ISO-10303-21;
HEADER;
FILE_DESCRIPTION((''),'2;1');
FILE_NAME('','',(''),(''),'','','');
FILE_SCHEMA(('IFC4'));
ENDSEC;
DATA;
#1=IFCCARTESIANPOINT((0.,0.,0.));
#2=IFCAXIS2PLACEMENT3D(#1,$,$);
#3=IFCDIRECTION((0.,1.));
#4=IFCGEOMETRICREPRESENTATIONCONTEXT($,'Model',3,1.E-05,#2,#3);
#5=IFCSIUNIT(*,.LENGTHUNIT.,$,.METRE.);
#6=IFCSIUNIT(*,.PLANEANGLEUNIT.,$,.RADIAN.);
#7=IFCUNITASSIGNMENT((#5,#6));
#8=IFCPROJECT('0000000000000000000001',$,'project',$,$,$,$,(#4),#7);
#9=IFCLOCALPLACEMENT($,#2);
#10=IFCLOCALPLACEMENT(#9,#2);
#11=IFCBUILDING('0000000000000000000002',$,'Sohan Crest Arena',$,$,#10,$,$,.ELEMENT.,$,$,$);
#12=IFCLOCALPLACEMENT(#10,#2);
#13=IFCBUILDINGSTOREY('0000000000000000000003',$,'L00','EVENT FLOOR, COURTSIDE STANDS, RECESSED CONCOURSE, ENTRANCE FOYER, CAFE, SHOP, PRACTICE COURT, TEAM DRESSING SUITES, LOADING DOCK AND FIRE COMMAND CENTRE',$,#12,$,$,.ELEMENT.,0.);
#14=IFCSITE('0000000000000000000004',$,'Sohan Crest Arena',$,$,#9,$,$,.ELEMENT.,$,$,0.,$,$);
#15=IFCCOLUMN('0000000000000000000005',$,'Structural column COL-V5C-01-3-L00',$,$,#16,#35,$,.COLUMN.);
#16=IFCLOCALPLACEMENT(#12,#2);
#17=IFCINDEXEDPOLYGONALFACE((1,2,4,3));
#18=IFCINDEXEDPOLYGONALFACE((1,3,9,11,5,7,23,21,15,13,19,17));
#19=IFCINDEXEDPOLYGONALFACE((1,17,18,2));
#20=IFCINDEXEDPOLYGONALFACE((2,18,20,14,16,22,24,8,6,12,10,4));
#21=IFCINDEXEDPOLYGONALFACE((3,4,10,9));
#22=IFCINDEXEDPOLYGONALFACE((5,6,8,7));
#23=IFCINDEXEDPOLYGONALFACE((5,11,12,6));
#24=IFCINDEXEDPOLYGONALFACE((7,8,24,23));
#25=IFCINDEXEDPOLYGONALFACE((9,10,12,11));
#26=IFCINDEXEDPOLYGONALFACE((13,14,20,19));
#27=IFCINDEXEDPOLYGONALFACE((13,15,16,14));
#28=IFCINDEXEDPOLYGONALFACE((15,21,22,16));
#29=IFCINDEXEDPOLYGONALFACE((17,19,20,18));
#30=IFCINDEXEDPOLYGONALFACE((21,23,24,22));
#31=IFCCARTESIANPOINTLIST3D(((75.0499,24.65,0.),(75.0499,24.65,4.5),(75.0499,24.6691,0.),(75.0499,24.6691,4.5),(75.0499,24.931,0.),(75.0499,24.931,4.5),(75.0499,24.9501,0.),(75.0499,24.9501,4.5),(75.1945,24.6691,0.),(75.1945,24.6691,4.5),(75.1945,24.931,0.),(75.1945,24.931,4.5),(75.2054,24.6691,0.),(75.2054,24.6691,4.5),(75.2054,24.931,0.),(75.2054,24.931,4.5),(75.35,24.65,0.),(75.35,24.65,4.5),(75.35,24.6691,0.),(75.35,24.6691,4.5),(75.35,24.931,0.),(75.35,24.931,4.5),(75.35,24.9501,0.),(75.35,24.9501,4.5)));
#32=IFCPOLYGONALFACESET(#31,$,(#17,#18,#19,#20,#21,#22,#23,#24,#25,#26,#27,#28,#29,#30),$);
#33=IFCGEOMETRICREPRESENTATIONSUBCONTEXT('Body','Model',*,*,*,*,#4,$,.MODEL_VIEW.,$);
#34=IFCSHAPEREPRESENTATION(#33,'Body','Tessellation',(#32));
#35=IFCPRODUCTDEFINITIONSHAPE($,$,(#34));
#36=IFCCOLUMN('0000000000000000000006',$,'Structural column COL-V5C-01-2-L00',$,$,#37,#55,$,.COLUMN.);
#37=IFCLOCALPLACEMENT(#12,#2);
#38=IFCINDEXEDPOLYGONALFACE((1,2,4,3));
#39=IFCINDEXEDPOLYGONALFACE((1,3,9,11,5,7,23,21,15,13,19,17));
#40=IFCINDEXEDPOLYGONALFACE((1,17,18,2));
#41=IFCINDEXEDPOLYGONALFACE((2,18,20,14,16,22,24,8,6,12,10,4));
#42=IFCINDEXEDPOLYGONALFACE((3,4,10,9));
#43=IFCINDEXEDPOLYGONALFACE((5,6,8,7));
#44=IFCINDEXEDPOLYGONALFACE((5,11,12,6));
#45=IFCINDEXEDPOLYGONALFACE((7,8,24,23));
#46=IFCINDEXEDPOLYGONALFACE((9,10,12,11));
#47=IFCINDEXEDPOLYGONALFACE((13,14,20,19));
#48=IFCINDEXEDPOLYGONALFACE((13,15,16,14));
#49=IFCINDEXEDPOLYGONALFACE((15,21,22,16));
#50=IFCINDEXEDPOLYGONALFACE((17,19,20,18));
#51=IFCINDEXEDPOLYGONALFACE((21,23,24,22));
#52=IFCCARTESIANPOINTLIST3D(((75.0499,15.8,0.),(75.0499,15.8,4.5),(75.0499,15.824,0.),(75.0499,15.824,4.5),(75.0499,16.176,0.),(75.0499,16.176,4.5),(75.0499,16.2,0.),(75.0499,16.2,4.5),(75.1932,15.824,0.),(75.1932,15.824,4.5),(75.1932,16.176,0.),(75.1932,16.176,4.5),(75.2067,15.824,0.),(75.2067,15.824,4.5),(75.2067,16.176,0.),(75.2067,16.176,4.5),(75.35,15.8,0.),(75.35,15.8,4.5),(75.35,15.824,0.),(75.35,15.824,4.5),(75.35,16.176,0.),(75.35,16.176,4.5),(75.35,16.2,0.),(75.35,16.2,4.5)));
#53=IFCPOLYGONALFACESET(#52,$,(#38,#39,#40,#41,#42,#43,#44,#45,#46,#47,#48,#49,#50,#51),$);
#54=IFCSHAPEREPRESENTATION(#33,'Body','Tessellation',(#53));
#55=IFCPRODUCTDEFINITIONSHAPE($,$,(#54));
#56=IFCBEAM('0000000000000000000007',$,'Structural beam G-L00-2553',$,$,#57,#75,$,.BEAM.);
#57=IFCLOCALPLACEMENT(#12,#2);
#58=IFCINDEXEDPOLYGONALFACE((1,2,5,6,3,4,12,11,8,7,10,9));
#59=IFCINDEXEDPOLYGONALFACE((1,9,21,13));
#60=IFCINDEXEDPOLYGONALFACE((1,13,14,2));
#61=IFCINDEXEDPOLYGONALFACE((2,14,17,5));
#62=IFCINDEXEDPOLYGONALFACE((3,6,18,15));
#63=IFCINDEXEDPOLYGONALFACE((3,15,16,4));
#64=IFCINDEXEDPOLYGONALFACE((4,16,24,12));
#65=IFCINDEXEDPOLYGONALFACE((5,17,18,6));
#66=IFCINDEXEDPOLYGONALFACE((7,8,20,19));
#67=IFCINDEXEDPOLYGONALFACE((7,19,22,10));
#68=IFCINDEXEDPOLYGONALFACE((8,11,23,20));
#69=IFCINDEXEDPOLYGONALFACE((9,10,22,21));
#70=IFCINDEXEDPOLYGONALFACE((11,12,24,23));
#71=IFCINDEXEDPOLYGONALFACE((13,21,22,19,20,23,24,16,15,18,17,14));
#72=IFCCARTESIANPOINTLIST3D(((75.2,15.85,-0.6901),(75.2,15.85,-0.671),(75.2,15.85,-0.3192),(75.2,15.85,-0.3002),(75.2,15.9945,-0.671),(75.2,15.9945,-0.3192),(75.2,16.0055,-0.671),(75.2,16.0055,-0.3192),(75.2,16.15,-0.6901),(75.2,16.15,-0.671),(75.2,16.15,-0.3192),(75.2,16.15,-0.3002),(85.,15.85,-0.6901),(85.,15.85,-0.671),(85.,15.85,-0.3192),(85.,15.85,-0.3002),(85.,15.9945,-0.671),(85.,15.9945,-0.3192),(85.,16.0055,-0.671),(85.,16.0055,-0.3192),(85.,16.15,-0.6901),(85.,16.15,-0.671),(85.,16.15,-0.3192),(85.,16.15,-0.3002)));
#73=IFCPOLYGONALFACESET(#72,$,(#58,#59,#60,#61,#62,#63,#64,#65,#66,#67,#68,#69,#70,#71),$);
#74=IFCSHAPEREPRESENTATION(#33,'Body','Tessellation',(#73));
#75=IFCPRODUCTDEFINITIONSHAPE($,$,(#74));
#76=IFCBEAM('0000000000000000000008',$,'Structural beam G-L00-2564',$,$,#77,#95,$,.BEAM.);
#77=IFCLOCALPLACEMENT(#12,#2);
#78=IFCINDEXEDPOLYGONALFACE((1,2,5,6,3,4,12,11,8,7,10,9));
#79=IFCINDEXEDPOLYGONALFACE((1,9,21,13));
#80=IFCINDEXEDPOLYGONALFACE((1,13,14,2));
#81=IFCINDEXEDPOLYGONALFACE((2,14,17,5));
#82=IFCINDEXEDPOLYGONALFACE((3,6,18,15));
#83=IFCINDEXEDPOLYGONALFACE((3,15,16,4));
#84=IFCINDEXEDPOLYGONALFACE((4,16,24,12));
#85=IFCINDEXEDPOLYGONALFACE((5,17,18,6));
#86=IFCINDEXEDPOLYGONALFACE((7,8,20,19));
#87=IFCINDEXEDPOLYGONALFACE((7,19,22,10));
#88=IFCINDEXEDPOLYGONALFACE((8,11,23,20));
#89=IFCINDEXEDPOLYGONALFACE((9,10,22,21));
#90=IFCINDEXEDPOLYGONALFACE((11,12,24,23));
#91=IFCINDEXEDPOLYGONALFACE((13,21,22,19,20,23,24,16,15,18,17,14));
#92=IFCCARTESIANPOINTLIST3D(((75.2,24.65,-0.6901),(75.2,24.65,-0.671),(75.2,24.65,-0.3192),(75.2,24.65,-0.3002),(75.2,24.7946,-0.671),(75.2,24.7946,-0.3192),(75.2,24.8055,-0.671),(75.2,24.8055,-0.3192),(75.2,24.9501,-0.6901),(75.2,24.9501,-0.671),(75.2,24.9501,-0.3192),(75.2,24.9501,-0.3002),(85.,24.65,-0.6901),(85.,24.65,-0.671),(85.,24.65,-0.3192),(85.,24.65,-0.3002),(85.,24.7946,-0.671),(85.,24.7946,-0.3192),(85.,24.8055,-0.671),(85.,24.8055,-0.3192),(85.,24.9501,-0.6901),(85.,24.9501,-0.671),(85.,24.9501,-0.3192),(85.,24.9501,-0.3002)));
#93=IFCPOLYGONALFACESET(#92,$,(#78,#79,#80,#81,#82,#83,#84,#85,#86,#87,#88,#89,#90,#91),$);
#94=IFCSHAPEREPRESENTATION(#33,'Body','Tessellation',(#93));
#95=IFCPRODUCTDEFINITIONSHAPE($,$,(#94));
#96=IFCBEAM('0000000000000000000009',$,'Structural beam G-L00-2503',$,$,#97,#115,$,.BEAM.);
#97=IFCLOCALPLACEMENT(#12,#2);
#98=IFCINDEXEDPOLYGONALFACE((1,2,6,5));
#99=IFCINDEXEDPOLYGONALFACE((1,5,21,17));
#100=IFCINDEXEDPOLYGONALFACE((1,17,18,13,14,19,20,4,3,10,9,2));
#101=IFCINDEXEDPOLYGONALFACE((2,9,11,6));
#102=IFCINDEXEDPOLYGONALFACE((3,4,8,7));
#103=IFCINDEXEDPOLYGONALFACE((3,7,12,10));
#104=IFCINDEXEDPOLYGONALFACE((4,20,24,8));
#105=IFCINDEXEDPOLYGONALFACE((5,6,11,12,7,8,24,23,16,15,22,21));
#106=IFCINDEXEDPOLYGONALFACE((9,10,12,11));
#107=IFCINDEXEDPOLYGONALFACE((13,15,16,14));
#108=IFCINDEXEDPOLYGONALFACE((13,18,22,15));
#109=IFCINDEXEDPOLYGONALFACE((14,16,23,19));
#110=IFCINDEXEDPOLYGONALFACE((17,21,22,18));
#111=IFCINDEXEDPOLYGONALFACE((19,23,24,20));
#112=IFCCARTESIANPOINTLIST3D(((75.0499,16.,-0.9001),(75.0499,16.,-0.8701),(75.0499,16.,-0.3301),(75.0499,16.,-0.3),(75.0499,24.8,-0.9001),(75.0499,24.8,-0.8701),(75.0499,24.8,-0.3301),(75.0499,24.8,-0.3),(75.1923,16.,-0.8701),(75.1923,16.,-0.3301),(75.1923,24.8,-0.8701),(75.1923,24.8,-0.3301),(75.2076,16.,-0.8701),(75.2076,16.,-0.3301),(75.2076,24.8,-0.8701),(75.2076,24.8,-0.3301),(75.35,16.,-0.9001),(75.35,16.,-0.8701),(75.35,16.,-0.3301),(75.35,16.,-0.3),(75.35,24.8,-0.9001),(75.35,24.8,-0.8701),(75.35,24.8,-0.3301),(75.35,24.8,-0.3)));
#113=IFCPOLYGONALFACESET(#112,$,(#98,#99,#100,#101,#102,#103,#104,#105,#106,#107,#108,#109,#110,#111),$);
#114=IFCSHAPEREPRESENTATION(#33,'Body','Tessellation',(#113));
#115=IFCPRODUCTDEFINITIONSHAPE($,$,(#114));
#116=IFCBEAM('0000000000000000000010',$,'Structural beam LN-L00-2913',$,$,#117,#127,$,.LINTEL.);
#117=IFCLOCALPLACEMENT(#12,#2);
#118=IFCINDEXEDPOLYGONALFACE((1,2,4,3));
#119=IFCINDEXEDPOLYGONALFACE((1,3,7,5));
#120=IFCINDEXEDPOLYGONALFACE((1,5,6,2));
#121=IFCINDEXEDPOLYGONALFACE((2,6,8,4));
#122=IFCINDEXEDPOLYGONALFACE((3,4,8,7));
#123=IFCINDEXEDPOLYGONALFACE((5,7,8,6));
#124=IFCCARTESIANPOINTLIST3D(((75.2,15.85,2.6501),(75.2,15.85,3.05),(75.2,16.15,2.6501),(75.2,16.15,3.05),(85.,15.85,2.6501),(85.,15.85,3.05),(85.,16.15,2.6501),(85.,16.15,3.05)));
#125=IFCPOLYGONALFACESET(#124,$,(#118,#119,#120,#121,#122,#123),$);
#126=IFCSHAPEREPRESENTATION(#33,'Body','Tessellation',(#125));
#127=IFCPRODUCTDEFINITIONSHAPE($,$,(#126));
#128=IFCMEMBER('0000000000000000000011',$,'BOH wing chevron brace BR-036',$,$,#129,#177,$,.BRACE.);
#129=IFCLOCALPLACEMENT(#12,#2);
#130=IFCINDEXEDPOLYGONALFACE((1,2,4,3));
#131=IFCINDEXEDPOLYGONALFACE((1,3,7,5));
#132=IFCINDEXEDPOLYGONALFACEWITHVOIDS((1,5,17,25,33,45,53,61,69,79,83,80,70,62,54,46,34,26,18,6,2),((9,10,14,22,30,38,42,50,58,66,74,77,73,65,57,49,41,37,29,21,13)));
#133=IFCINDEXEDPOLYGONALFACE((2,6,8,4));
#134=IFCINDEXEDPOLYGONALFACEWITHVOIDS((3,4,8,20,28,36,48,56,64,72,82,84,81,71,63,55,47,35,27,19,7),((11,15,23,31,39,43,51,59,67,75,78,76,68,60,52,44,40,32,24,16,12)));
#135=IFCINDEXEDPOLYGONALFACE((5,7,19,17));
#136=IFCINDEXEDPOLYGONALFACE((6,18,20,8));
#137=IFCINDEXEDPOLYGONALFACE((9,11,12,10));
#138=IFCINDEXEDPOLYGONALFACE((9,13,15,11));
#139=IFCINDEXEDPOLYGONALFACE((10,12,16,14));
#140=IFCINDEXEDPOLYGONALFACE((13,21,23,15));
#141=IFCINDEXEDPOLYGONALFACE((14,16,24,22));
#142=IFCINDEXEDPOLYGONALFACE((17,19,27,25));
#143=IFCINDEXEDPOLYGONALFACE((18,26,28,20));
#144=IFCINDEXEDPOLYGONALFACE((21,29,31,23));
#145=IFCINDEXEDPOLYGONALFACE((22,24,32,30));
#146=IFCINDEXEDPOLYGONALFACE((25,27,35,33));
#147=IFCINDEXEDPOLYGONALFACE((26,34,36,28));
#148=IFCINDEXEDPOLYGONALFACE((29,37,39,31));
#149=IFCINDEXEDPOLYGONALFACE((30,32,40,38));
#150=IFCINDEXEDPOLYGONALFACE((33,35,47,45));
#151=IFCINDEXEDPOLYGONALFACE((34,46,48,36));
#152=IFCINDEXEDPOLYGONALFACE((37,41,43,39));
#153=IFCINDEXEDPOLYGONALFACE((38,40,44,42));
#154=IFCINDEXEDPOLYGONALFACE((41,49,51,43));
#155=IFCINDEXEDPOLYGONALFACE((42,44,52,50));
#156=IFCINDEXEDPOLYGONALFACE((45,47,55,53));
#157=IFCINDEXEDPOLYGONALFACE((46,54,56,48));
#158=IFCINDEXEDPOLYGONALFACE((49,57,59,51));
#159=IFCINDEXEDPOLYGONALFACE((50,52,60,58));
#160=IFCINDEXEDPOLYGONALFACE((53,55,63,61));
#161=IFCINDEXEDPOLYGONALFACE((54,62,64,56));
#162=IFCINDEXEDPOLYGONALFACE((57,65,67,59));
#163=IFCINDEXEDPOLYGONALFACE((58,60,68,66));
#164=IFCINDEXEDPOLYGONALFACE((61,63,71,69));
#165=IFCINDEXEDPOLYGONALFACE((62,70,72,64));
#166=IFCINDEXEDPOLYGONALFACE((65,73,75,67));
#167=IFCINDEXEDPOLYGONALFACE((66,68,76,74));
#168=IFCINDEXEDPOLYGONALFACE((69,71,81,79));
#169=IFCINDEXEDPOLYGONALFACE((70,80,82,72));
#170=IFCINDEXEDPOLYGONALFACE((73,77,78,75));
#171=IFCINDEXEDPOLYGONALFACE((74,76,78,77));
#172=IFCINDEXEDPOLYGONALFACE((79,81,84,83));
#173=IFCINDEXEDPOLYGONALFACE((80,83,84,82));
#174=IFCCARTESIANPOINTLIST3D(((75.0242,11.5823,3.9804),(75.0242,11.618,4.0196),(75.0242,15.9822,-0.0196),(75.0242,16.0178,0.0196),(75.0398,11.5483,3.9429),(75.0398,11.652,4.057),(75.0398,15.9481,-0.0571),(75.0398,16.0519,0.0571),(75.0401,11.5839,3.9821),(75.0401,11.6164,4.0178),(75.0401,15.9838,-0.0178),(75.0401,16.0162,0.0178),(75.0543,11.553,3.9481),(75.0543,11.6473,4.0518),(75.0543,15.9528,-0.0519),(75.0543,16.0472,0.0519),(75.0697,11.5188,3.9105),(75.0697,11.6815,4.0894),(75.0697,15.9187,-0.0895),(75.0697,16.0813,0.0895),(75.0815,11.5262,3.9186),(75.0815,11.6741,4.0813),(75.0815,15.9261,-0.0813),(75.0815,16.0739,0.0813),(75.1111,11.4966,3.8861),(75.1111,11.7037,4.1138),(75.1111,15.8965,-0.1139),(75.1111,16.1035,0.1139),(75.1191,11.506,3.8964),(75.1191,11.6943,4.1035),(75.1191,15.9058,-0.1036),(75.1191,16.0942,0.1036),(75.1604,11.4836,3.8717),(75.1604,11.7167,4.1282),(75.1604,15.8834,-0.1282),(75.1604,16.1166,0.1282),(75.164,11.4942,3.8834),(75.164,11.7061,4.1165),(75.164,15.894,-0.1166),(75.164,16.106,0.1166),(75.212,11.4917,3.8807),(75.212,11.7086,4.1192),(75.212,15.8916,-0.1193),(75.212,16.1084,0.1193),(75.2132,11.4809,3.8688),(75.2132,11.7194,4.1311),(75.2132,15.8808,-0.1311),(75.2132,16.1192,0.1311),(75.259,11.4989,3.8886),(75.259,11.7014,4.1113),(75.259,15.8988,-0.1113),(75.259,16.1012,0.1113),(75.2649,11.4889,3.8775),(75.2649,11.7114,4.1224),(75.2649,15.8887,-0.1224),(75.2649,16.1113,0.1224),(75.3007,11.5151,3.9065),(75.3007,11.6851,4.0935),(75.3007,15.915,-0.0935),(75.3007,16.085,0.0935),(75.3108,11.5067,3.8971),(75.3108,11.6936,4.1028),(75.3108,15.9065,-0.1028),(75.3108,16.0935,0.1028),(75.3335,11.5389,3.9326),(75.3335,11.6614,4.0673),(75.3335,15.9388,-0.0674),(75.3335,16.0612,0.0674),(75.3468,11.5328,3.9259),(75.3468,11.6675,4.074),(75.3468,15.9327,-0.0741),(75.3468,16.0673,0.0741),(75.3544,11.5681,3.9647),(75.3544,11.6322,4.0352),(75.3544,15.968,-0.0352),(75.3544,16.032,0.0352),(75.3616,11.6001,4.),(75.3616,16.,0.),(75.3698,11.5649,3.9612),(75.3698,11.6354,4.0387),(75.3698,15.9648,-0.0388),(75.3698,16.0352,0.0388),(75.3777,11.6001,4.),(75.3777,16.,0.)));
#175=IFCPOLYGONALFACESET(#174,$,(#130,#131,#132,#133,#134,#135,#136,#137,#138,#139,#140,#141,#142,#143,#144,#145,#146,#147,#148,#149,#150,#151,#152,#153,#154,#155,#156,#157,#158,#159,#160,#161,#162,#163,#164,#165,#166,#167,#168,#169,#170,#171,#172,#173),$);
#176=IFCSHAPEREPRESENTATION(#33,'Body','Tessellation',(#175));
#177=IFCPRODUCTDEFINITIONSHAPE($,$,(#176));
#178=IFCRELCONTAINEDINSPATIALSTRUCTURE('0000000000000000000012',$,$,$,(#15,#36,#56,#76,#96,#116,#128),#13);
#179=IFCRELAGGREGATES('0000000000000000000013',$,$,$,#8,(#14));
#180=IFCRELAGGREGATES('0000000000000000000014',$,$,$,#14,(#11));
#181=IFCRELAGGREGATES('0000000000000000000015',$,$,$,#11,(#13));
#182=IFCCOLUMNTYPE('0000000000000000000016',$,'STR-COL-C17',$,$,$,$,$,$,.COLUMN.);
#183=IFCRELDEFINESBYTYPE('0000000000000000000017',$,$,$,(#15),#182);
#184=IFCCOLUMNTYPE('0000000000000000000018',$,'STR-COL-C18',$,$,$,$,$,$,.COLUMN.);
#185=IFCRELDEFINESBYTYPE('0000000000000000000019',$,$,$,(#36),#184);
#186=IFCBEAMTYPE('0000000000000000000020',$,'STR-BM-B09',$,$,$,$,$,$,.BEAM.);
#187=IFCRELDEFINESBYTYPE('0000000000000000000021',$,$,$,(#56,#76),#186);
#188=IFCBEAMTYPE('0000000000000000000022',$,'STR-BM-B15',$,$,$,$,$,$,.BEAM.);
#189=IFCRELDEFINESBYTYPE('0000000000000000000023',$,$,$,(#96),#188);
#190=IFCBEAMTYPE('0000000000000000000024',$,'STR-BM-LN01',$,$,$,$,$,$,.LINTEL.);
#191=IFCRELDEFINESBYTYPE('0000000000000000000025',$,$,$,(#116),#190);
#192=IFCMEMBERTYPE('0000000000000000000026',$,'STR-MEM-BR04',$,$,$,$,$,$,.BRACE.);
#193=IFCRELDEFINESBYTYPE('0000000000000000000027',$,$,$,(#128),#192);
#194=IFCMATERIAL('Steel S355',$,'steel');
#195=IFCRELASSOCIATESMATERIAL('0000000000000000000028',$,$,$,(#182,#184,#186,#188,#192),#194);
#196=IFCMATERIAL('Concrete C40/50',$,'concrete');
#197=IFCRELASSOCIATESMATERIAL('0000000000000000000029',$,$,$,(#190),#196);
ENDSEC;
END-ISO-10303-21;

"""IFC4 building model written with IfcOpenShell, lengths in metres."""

from ifc_helpers import new_model, si_unit, direction, frame, origin, origin_2d, place, context, subcontext, project, spatial, rectangle, hollow_circle, i_section, extrude, material, material_profile, profile_set, type_object, element, save


model = new_model("IFC4")

# Units and contexts
model_context = context("Model", 3, precision=1e-05, world=origin(), true_north=direction((0.0, 1.0)))
body_context = subcontext(model_context, "Body", "Model", "MODEL_VIEW")
ifc_project = project(units=[si_unit("LENGTHUNIT", "METRE"), si_unit("PLANEANGLEUNIT", "RADIAN")], contexts=[model_context])

# Site, building, storey
site_placement = place(None, origin())
site = spatial("IfcSite", under=ifc_project, at=site_placement, Name="Sohan Crest Arena", CompositionType="ELEMENT", RefElevation=0.0)
building_placement = place(site_placement, origin())
building = spatial("IfcBuilding", under=site, at=building_placement, Name="Sohan Crest Arena", CompositionType="ELEMENT")
storey_placement = place(building_placement, origin())
storey = spatial("IfcBuildingStorey", under=building, at=storey_placement, Name="L00", Description="EVENT FLOOR, COURTSIDE STANDS, RECESSED CONCOURSE, ENTRANCE FOYER, CAFE, SHOP, PRACTICE COURT, TEAM DRESSING SUITES, LOADING DOCK AND FIRE COMMAND CENTRE", CompositionType="ELEMENT", Elevation=0.0)

# Columns
ifc_material_1 = material(Name="Steel S355", Category="steel")
ifc_material_profile_1 = material_profile(ifc_material_1, i_section(OverallWidth=0.3, OverallDepth=0.3, WebThickness=0.011, FlangeThickness=0.019, at=origin_2d()), Name="HEB 300")
ifc_profile_set_1 = profile_set([ifc_material_profile_1], Name="Steel S355")
column_type_1 = type_object("IfcColumnType", Name="STR-COL-C17", PredefinedType="COLUMN", material=ifc_profile_set_1)
column_1_placement = place(storey_placement, frame((75.2, 24.8, 0.0), z_axis=(0.0, 0.0, 1.0), x_axis=(1.0, 0.0, 0.0)))
element("IfcColumn", 1, at=column_1_placement, inside=storey, type_object=column_type_1, Name="Structural column COL-V5C-01-3-L00", PredefinedType="COLUMN", context=body_context, shape_type="SweptSolid", body=[
    extrude(i_section(OverallWidth=0.3, OverallDepth=0.3, WebThickness=0.011, FlangeThickness=0.019, at=origin_2d()), origin(), (0.0, 0.0, 1.0), 4.5),
])
ifc_material_profile_2 = material_profile(ifc_material_1, i_section(OverallWidth=0.3, OverallDepth=0.3999, WebThickness=0.0134, FlangeThickness=0.0239, at=origin_2d()), Name="HEB 400")
ifc_profile_set_2 = profile_set([ifc_material_profile_2], Name="Steel S355")
column_type_2 = type_object("IfcColumnType", Name="STR-COL-C18", PredefinedType="COLUMN", material=ifc_profile_set_2)
column_2_placement = place(storey_placement, frame((75.2, 16.0, 0.0), z_axis=(0.0, 0.0, 1.0), x_axis=(1.0, 0.0, 0.0)))
element("IfcColumn", 2, at=column_2_placement, inside=storey, type_object=column_type_2, Name="Structural column COL-V5C-01-2-L00", PredefinedType="COLUMN", context=body_context, shape_type="SweptSolid", body=[
    extrude(i_section(OverallWidth=0.3, OverallDepth=0.3999, WebThickness=0.0134, FlangeThickness=0.0239, at=origin_2d()), origin(), (0.0, 0.0, 1.0), 4.5),
])

# Beams
ifc_material_profile_3 = material_profile(ifc_material_1, i_section(OverallWidth=0.3, OverallDepth=0.3899, WebThickness=0.011, FlangeThickness=0.019, at=origin_2d()), Name="HEA 400")
ifc_profile_set_3 = profile_set([ifc_material_profile_3], Name="Steel S355")
beam_type_1 = type_object("IfcBeamType", Name="STR-BM-B09", PredefinedType="BEAM", material=ifc_profile_set_3)
for number, where, z_axis, x_axis, name in (
    (3, (75.2, 16.0, -0.4951), (1.0, 0.0, 0.0), (0.0, 1.0, 0.0), "Structural beam G-L00-2553"),
    (4, (75.2, 24.8, -0.4951), (1.0, 0.0, 0.0), (0.0, 1.0, 0.0), "Structural beam G-L00-2564"),
):
    element("IfcBeam", number, at=place(storey_placement, frame(where, z_axis=z_axis, x_axis=x_axis)), inside=storey, type_object=beam_type_1, Name=name, PredefinedType="BEAM", context=body_context, shape_type="SweptSolid", body=[
        extrude(i_section(OverallWidth=0.3, OverallDepth=0.3899, WebThickness=0.011, FlangeThickness=0.019, at=origin_2d()), origin(), (0.0, 0.0, 1.0), 9.8),
    ])
ifc_material_profile_4 = material_profile(ifc_material_1, i_section(OverallWidth=0.3, OverallDepth=0.6001, WebThickness=0.0154, FlangeThickness=0.03, at=origin_2d()), Name="HEB 600")
ifc_profile_set_4 = profile_set([ifc_material_profile_4], Name="Steel S355")
beam_type_2 = type_object("IfcBeamType", Name="STR-BM-B15", PredefinedType="BEAM", material=ifc_profile_set_4)
beam_1_placement = place(storey_placement, frame((75.2, 16.0, -0.6001), z_axis=(0.0, 1.0, 0.0), x_axis=(-1.0, 0.0, 0.0)))
element("IfcBeam", 5, at=beam_1_placement, inside=storey, type_object=beam_type_2, Name="Structural beam G-L00-2503", PredefinedType="BEAM", context=body_context, shape_type="SweptSolid", body=[
    extrude(i_section(OverallWidth=0.3, OverallDepth=0.6001, WebThickness=0.0154, FlangeThickness=0.03, at=origin_2d()), origin(), (0.0, 0.0, 1.0), 8.8),
])
ifc_material_2 = material(Name="Concrete C40/50", Category="concrete")
ifc_material_profile_5 = material_profile(ifc_material_2, rectangle(XDim=0.3, YDim=0.3999, at=origin_2d()), Name="RC-LNT 300x400")
ifc_profile_set_5 = profile_set([ifc_material_profile_5], Name="Concrete C40/50")
beam_type_3 = type_object("IfcBeamType", Name="STR-BM-LN01", PredefinedType="LINTEL", material=ifc_profile_set_5)
beam_2_placement = place(storey_placement, frame((75.2, 16.0, 2.8501), z_axis=(1.0, 0.0, 0.0), x_axis=(0.0, 1.0, 0.0)))
element("IfcBeam", 6, at=beam_2_placement, inside=storey, type_object=beam_type_3, Name="Structural beam LN-L00-2913", PredefinedType="LINTEL", context=body_context, shape_type="SweptSolid", body=[
    extrude(rectangle(XDim=0.3, YDim=0.3999, at=origin_2d()), origin(), (0.0, 0.0, 1.0), 9.8),
])

# Member
ifc_material_profile_6 = material_profile(ifc_material_1, hollow_circle(Radius=0.1777, WallThickness=0.0161, at=origin_2d()), Name="CHS 355.6x16")
ifc_profile_set_6 = profile_set([ifc_material_profile_6], Name="Steel S355")
member_type = type_object("IfcMemberType", Name="STR-MEM-BR04", PredefinedType="BRACE", material=ifc_profile_set_6)
member_placement = place(storey_placement, frame((75.2, 16.0, 0.0), z_axis=(0.0, -0.739933, 0.672681), x_axis=(1.0, 0.0, 0.0)))
element("IfcMember", 7, at=member_placement, inside=storey, type_object=member_type, Name="BOH wing chevron brace BR-036", PredefinedType="BRACE", context=body_context, shape_type="SweptSolid", body=[
    extrude(hollow_circle(Radius=0.1777, WallThickness=0.0161, at=origin_2d()), origin(), (0.0, 0.0, 1.0), 5.9463),
])

save(model, "model.ifc")
